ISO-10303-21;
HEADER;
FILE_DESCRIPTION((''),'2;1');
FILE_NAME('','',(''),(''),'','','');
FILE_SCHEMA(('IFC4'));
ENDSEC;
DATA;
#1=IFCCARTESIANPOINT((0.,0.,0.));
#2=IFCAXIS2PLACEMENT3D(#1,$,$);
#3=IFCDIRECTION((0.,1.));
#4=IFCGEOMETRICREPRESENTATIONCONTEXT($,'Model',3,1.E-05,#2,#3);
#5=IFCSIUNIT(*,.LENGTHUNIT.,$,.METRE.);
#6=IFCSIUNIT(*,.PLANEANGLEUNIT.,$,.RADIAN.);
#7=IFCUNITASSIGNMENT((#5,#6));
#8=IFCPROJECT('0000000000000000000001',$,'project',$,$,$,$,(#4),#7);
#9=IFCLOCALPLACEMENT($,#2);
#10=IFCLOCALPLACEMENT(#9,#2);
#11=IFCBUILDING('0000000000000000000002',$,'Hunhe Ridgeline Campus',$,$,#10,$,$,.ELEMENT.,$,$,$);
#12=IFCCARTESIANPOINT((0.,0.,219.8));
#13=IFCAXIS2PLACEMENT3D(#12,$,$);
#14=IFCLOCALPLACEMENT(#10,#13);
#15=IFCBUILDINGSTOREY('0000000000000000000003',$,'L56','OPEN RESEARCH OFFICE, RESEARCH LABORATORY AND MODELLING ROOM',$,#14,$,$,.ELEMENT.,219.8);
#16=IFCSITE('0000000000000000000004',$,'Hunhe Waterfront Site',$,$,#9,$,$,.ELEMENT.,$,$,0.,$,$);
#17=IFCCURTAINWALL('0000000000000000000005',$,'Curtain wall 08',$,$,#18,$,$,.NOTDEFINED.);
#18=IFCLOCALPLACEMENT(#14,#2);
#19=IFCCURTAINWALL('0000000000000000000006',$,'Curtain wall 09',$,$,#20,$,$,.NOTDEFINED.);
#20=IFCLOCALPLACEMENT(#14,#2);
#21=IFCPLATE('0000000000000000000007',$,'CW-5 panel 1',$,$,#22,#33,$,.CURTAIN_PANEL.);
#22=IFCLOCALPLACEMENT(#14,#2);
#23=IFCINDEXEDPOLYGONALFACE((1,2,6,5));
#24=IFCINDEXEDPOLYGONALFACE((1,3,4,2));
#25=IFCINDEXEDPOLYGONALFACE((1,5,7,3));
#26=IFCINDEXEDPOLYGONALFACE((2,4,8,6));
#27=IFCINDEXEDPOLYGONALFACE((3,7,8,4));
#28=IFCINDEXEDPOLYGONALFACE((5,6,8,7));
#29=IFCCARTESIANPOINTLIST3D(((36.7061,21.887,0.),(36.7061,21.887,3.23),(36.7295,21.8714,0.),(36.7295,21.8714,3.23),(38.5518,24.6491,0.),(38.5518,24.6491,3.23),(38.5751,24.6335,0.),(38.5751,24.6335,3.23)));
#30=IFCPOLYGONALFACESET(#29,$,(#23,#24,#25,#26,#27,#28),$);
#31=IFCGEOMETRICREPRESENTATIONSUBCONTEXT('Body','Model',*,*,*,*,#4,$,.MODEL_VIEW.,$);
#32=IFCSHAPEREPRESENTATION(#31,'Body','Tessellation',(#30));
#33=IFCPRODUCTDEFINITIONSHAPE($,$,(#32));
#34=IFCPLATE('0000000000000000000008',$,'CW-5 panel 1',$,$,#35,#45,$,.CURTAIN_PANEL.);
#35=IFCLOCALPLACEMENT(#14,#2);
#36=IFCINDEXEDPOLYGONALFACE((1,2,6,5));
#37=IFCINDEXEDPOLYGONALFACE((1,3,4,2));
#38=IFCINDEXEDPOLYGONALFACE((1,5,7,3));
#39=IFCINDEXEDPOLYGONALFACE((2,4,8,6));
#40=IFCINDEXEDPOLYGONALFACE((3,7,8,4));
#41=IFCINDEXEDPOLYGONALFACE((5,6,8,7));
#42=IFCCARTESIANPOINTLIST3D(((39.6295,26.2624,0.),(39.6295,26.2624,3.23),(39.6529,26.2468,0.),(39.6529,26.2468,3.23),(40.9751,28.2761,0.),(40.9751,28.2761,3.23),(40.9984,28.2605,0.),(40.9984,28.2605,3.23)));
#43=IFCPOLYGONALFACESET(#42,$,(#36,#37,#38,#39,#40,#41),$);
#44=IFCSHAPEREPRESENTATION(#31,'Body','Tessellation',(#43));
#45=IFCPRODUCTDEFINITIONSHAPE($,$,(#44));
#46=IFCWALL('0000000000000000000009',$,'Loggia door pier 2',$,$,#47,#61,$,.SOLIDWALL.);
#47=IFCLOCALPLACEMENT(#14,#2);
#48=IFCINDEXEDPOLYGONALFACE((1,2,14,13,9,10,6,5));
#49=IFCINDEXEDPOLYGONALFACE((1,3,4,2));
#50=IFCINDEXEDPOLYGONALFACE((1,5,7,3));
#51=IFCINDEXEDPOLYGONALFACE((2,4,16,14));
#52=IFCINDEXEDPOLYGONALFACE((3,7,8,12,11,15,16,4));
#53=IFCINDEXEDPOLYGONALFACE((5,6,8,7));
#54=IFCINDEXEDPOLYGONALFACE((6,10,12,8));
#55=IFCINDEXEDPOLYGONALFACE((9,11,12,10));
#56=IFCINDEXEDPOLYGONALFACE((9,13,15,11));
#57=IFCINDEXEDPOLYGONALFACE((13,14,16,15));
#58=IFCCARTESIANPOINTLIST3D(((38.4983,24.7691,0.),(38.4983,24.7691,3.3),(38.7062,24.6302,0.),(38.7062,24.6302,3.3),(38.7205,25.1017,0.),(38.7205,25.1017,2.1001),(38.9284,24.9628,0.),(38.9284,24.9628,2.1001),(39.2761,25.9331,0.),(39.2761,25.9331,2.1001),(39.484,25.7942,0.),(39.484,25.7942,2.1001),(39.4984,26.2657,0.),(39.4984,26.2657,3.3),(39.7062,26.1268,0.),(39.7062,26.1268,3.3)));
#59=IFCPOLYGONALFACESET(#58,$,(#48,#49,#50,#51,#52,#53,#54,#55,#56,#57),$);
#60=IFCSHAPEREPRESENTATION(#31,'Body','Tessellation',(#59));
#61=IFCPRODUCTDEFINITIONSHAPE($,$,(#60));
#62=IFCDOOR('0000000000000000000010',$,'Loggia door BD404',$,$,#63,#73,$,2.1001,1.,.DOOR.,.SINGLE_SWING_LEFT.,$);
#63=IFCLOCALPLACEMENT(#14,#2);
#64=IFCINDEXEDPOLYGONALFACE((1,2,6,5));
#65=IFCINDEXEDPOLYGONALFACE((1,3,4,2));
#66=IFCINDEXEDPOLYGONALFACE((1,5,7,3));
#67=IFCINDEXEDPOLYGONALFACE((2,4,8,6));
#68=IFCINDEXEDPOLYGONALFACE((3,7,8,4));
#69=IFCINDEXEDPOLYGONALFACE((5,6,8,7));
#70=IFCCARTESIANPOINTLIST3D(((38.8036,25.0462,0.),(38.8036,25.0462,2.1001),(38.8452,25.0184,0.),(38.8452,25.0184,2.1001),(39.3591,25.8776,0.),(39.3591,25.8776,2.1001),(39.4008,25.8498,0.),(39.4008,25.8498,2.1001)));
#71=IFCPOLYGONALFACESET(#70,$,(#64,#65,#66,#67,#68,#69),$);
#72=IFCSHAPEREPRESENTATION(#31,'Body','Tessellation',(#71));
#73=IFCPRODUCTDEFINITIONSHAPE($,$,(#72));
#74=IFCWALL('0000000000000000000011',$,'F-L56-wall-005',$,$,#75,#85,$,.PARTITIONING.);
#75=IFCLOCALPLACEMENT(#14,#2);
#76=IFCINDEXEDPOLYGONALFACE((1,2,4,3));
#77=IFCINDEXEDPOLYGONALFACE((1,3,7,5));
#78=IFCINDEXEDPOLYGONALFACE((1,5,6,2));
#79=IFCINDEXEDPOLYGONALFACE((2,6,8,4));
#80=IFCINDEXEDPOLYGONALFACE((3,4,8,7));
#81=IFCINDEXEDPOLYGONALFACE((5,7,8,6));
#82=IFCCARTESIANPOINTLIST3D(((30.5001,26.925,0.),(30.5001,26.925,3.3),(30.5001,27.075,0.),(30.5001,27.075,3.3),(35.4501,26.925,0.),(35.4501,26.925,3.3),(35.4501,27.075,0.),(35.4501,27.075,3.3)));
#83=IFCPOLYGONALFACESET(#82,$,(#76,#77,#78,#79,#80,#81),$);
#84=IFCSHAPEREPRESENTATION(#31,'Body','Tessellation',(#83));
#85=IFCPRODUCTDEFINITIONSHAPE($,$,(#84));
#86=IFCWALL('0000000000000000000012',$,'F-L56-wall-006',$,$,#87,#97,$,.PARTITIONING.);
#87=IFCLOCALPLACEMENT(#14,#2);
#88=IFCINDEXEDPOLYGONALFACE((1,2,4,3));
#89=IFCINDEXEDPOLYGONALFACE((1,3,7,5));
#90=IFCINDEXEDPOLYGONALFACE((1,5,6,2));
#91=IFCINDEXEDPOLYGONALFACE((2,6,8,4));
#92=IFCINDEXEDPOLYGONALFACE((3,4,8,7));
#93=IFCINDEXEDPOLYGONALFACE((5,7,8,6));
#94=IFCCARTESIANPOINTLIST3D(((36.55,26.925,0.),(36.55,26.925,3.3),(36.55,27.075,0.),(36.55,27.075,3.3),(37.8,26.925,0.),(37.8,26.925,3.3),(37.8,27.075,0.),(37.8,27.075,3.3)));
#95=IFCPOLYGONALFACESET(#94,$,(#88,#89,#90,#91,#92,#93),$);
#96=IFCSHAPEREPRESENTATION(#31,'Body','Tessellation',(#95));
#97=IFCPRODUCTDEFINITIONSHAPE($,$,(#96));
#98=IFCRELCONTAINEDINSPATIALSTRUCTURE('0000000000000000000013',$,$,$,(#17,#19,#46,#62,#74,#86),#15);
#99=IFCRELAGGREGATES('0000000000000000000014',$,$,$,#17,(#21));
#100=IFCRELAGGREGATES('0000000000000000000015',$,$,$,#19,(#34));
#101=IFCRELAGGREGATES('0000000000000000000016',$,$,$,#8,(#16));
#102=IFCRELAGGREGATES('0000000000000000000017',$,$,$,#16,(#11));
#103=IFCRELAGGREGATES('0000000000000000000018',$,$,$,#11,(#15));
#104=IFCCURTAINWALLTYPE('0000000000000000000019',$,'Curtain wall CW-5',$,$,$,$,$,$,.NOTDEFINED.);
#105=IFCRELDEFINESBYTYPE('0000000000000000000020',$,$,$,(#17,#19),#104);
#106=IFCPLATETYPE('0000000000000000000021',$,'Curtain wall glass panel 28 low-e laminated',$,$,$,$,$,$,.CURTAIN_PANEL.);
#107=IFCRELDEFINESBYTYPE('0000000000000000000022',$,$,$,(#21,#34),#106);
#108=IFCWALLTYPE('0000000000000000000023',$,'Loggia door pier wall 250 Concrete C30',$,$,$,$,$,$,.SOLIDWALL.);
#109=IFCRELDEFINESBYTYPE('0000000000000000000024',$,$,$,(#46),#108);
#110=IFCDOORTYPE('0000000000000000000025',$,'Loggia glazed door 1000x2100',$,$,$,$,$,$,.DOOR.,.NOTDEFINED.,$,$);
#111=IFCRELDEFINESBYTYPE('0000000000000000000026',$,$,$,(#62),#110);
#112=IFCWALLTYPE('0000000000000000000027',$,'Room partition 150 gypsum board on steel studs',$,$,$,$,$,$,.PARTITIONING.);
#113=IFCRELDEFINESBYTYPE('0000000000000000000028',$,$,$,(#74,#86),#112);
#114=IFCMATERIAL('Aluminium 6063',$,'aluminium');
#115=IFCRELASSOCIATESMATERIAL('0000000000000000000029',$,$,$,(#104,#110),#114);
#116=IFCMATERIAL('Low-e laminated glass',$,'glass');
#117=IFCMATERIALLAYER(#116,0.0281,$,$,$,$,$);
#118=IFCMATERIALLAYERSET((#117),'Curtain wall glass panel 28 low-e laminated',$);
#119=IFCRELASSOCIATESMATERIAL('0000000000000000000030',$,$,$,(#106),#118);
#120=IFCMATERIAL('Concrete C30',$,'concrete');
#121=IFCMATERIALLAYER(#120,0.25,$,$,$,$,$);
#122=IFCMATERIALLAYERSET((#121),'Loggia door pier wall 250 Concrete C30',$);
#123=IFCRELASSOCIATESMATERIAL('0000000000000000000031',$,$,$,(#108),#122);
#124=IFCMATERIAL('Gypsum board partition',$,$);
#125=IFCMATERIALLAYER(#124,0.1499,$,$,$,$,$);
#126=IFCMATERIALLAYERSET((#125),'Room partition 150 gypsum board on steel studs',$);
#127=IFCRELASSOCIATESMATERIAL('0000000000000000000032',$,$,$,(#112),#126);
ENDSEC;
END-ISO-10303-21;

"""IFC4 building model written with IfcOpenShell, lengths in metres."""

from ifc_helpers import new_model, si_unit, direction, frame, frame_2d, origin, origin_2d, place, context, subcontext, project, spatial, rectangle, extrude, material, layer, layer_set, type_object, element, fill, aggregate, save


model = new_model("IFC4")

# Units and contexts
model_context = context("Model", 3, precision=1e-05, world=origin(), true_north=direction((0.0, 1.0)))
body_context = subcontext(model_context, "Body", "Model", "MODEL_VIEW")
ifc_project = project(units=[si_unit("LENGTHUNIT", "METRE"), si_unit("PLANEANGLEUNIT", "RADIAN")], contexts=[model_context])

# Site, building, storey
site_placement = place(None, origin())
site = spatial("IfcSite", under=ifc_project, at=site_placement, Name="Hunhe Waterfront Site", CompositionType="ELEMENT", RefElevation=0.0)
building_placement = place(site_placement, origin())
building = spatial("IfcBuilding", under=site, at=building_placement, Name="Hunhe Ridgeline Campus", CompositionType="ELEMENT")
storey_placement = place(building_placement, frame((0.0, 0.0, 219.8)))
storey = spatial("IfcBuildingStorey", under=building, at=storey_placement, Name="L56", Description="OPEN RESEARCH OFFICE, RESEARCH LABORATORY AND MODELLING ROOM", CompositionType="ELEMENT", Elevation=219.8)

# Curtain wall
ifc_material_1 = material(Name="Aluminium 6063", Category="aluminium")
curtain_wall_type = type_object("IfcCurtainWallType", Name="Curtain wall CW-5", PredefinedType="NOTDEFINED", material=ifc_material_1)
curtain_wall_1_placement = place(storey_placement, origin())
curtain_wall_1 = element("IfcCurtainWall", 1, at=curtain_wall_1_placement, inside=storey, type_object=curtain_wall_type, Name="Curtain wall 08", PredefinedType="NOTDEFINED")

# Curtain wall
curtain_wall_2_placement = place(storey_placement, origin())
curtain_wall_2 = element("IfcCurtainWall", 2, at=curtain_wall_2_placement, inside=storey, type_object=curtain_wall_type, Name="Curtain wall 09", PredefinedType="NOTDEFINED")

# Plates
ifc_material_2 = material(Name="Low-e laminated glass", Category="glass")
ifc_layer_1 = layer(ifc_material_2, 0.0281)
ifc_layer_set_1 = layer_set([ifc_layer_1], Name="Curtain wall glass panel 28 low-e laminated")
plate_type = type_object("IfcPlateType", Name="Curtain wall glass panel 28 low-e laminated", PredefinedType="CURTAIN_PANEL", material=ifc_layer_set_1)
plate_1_placement = place(storey_placement, frame((37.6406, 23.2603, 0.0), z_axis=(0.0, 0.0, 1.0), x_axis=(0.55557, 0.83147, 0.0)))
plate_1 = element("IfcPlate", 3, at=plate_1_placement, type_object=plate_type, Name="CW-5 panel 1", PredefinedType="CURTAIN_PANEL", context=body_context, shape_type="SweptSolid", body=[
    extrude(rectangle(XDim=3.322, YDim=0.0281, at=origin_2d()), origin(), (0.0, 0.0, 1.0), 3.23),
])
aggregate(curtain_wall_1, [plate_1])
plate_2_placement = place(storey_placement, frame((40.314, 27.2615, 0.0), z_axis=(0.0, 0.0, 1.0), x_axis=(0.55557, 0.83147, 0.0)))
plate_2 = element("IfcPlate", 4, at=plate_2_placement, type_object=plate_type, Name="CW-5 panel 1", PredefinedType="CURTAIN_PANEL", context=body_context, shape_type="SweptSolid", body=[
    extrude(rectangle(XDim=2.4219, YDim=0.0281, at=origin_2d()), origin(), (0.0, 0.0, 1.0), 3.23),
])
aggregate(curtain_wall_2, [plate_2])

# Shared definitions
ifc_material_3 = material(Name="Gypsum board partition")

# Wall, opening, door
ifc_material_4 = material(Name="Concrete C30", Category="concrete")
ifc_layer_2 = layer(ifc_material_4, 0.25)
ifc_layer_set_2 = layer_set([ifc_layer_2], Name="Loggia door pier wall 250 Concrete C30")
wall_type_1 = type_object("IfcWallType", Name="Loggia door pier wall 250 Concrete C30", PredefinedType="SOLIDWALL", material=ifc_layer_set_2)
wall_1_placement = place(storey_placement, frame((38.6023, 24.6997, 0.0), z_axis=(0.0, 0.0, 1.0), x_axis=(0.555576, 0.831466, 0.0)))
wall_1 = element("IfcWall", 5, at=wall_1_placement, inside=storey, type_object=wall_type_1, Name="Loggia door pier 2", PredefinedType="SOLIDWALL", context=body_context, shape_type="SweptSolid", body=[
    extrude(rectangle(XDim=1.8, YDim=0.25, at=frame_2d((0.8999, 0.0))), origin(), (0.0, 0.0, 1.0), 3.3),
])
opening_1_placement = place(wall_1_placement, frame((0.3999, 0.0, 0.0)))
opening_1 = element("IfcOpeningElement", 6, at=opening_1_placement, cuts=wall_1, PredefinedType="OPENING", context=body_context, shape_type="SweptSolid", body=[
    extrude(rectangle(XDim=1.0, YDim=2.1001, at=frame_2d((0.5, 1.05))), frame((0.0, 0.125, 0.0), z_axis=(0.0, -1.0, 0.0), x_axis=(1.0, 0.0, 0.0)), (0.0, 0.0, 1.0), 0.25),
])
door_type_1 = type_object("IfcDoorType", Name="Loggia glazed door 1000x2100", OperationType="NOTDEFINED", PredefinedType="DOOR", material=ifc_material_1)
door_1_placement = place(opening_1_placement, frame((1.0, 0.0, 0.0), z_axis=(0.0, 0.0, 1.0), x_axis=(-1.0, 0.0, 0.0)))
door_1 = element("IfcDoor", 7, at=door_1_placement, inside=storey, type_object=door_type_1, Name="Loggia door BD404", OperationType="SINGLE_SWING_LEFT", OverallHeight=2.1001, OverallWidth=1.0, PredefinedType="DOOR", context=body_context, shape_type="SweptSolid", body=[
    extrude(rectangle(XDim=1.0, YDim=2.1001, at=frame_2d((0.5, 1.05))), frame((0.0, 0.0249, 0.0), z_axis=(0.0, -1.0, 0.0), x_axis=(1.0, 0.0, 0.0)), (0.0, 0.0, 1.0), 0.05),
])
fill(opening_1, door_1)

# Walls
ifc_layer_3 = layer(ifc_material_3, 0.1499)
ifc_layer_set_3 = layer_set([ifc_layer_3], Name="Room partition 150 gypsum board on steel studs")
wall_type_2 = type_object("IfcWallType", Name="Room partition 150 gypsum board on steel studs", PredefinedType="PARTITIONING", material=ifc_layer_set_3)
wall_2_placement = place(storey_placement, frame((30.5, 27.0, 0.0), z_axis=(0.0, 0.0, 1.0), x_axis=(1.0, 0.0, 0.0)))
element("IfcWall", 8, at=wall_2_placement, inside=storey, type_object=wall_type_2, Name="F-L56-wall-005", PredefinedType="PARTITIONING", context=body_context, shape_type="SweptSolid", body=[
    extrude(rectangle(XDim=4.95, YDim=0.1499, at=frame_2d((2.4751, 0.0))), origin(), (0.0, 0.0, 1.0), 3.3),
])
wall_3_placement = place(storey_placement, frame((36.55, 27.0, 0.0), z_axis=(0.0, 0.0, 1.0), x_axis=(1.0, 0.0, 0.0)))
element("IfcWall", 9, at=wall_3_placement, inside=storey, type_object=wall_type_2, Name="F-L56-wall-006", PredefinedType="PARTITIONING", context=body_context, shape_type="SweptSolid", body=[
    extrude(rectangle(XDim=1.25, YDim=0.1499, at=frame_2d((0.625, 0.0))), origin(), (0.0, 0.0, 1.0), 3.3),
])

save(model, "model.ifc")
